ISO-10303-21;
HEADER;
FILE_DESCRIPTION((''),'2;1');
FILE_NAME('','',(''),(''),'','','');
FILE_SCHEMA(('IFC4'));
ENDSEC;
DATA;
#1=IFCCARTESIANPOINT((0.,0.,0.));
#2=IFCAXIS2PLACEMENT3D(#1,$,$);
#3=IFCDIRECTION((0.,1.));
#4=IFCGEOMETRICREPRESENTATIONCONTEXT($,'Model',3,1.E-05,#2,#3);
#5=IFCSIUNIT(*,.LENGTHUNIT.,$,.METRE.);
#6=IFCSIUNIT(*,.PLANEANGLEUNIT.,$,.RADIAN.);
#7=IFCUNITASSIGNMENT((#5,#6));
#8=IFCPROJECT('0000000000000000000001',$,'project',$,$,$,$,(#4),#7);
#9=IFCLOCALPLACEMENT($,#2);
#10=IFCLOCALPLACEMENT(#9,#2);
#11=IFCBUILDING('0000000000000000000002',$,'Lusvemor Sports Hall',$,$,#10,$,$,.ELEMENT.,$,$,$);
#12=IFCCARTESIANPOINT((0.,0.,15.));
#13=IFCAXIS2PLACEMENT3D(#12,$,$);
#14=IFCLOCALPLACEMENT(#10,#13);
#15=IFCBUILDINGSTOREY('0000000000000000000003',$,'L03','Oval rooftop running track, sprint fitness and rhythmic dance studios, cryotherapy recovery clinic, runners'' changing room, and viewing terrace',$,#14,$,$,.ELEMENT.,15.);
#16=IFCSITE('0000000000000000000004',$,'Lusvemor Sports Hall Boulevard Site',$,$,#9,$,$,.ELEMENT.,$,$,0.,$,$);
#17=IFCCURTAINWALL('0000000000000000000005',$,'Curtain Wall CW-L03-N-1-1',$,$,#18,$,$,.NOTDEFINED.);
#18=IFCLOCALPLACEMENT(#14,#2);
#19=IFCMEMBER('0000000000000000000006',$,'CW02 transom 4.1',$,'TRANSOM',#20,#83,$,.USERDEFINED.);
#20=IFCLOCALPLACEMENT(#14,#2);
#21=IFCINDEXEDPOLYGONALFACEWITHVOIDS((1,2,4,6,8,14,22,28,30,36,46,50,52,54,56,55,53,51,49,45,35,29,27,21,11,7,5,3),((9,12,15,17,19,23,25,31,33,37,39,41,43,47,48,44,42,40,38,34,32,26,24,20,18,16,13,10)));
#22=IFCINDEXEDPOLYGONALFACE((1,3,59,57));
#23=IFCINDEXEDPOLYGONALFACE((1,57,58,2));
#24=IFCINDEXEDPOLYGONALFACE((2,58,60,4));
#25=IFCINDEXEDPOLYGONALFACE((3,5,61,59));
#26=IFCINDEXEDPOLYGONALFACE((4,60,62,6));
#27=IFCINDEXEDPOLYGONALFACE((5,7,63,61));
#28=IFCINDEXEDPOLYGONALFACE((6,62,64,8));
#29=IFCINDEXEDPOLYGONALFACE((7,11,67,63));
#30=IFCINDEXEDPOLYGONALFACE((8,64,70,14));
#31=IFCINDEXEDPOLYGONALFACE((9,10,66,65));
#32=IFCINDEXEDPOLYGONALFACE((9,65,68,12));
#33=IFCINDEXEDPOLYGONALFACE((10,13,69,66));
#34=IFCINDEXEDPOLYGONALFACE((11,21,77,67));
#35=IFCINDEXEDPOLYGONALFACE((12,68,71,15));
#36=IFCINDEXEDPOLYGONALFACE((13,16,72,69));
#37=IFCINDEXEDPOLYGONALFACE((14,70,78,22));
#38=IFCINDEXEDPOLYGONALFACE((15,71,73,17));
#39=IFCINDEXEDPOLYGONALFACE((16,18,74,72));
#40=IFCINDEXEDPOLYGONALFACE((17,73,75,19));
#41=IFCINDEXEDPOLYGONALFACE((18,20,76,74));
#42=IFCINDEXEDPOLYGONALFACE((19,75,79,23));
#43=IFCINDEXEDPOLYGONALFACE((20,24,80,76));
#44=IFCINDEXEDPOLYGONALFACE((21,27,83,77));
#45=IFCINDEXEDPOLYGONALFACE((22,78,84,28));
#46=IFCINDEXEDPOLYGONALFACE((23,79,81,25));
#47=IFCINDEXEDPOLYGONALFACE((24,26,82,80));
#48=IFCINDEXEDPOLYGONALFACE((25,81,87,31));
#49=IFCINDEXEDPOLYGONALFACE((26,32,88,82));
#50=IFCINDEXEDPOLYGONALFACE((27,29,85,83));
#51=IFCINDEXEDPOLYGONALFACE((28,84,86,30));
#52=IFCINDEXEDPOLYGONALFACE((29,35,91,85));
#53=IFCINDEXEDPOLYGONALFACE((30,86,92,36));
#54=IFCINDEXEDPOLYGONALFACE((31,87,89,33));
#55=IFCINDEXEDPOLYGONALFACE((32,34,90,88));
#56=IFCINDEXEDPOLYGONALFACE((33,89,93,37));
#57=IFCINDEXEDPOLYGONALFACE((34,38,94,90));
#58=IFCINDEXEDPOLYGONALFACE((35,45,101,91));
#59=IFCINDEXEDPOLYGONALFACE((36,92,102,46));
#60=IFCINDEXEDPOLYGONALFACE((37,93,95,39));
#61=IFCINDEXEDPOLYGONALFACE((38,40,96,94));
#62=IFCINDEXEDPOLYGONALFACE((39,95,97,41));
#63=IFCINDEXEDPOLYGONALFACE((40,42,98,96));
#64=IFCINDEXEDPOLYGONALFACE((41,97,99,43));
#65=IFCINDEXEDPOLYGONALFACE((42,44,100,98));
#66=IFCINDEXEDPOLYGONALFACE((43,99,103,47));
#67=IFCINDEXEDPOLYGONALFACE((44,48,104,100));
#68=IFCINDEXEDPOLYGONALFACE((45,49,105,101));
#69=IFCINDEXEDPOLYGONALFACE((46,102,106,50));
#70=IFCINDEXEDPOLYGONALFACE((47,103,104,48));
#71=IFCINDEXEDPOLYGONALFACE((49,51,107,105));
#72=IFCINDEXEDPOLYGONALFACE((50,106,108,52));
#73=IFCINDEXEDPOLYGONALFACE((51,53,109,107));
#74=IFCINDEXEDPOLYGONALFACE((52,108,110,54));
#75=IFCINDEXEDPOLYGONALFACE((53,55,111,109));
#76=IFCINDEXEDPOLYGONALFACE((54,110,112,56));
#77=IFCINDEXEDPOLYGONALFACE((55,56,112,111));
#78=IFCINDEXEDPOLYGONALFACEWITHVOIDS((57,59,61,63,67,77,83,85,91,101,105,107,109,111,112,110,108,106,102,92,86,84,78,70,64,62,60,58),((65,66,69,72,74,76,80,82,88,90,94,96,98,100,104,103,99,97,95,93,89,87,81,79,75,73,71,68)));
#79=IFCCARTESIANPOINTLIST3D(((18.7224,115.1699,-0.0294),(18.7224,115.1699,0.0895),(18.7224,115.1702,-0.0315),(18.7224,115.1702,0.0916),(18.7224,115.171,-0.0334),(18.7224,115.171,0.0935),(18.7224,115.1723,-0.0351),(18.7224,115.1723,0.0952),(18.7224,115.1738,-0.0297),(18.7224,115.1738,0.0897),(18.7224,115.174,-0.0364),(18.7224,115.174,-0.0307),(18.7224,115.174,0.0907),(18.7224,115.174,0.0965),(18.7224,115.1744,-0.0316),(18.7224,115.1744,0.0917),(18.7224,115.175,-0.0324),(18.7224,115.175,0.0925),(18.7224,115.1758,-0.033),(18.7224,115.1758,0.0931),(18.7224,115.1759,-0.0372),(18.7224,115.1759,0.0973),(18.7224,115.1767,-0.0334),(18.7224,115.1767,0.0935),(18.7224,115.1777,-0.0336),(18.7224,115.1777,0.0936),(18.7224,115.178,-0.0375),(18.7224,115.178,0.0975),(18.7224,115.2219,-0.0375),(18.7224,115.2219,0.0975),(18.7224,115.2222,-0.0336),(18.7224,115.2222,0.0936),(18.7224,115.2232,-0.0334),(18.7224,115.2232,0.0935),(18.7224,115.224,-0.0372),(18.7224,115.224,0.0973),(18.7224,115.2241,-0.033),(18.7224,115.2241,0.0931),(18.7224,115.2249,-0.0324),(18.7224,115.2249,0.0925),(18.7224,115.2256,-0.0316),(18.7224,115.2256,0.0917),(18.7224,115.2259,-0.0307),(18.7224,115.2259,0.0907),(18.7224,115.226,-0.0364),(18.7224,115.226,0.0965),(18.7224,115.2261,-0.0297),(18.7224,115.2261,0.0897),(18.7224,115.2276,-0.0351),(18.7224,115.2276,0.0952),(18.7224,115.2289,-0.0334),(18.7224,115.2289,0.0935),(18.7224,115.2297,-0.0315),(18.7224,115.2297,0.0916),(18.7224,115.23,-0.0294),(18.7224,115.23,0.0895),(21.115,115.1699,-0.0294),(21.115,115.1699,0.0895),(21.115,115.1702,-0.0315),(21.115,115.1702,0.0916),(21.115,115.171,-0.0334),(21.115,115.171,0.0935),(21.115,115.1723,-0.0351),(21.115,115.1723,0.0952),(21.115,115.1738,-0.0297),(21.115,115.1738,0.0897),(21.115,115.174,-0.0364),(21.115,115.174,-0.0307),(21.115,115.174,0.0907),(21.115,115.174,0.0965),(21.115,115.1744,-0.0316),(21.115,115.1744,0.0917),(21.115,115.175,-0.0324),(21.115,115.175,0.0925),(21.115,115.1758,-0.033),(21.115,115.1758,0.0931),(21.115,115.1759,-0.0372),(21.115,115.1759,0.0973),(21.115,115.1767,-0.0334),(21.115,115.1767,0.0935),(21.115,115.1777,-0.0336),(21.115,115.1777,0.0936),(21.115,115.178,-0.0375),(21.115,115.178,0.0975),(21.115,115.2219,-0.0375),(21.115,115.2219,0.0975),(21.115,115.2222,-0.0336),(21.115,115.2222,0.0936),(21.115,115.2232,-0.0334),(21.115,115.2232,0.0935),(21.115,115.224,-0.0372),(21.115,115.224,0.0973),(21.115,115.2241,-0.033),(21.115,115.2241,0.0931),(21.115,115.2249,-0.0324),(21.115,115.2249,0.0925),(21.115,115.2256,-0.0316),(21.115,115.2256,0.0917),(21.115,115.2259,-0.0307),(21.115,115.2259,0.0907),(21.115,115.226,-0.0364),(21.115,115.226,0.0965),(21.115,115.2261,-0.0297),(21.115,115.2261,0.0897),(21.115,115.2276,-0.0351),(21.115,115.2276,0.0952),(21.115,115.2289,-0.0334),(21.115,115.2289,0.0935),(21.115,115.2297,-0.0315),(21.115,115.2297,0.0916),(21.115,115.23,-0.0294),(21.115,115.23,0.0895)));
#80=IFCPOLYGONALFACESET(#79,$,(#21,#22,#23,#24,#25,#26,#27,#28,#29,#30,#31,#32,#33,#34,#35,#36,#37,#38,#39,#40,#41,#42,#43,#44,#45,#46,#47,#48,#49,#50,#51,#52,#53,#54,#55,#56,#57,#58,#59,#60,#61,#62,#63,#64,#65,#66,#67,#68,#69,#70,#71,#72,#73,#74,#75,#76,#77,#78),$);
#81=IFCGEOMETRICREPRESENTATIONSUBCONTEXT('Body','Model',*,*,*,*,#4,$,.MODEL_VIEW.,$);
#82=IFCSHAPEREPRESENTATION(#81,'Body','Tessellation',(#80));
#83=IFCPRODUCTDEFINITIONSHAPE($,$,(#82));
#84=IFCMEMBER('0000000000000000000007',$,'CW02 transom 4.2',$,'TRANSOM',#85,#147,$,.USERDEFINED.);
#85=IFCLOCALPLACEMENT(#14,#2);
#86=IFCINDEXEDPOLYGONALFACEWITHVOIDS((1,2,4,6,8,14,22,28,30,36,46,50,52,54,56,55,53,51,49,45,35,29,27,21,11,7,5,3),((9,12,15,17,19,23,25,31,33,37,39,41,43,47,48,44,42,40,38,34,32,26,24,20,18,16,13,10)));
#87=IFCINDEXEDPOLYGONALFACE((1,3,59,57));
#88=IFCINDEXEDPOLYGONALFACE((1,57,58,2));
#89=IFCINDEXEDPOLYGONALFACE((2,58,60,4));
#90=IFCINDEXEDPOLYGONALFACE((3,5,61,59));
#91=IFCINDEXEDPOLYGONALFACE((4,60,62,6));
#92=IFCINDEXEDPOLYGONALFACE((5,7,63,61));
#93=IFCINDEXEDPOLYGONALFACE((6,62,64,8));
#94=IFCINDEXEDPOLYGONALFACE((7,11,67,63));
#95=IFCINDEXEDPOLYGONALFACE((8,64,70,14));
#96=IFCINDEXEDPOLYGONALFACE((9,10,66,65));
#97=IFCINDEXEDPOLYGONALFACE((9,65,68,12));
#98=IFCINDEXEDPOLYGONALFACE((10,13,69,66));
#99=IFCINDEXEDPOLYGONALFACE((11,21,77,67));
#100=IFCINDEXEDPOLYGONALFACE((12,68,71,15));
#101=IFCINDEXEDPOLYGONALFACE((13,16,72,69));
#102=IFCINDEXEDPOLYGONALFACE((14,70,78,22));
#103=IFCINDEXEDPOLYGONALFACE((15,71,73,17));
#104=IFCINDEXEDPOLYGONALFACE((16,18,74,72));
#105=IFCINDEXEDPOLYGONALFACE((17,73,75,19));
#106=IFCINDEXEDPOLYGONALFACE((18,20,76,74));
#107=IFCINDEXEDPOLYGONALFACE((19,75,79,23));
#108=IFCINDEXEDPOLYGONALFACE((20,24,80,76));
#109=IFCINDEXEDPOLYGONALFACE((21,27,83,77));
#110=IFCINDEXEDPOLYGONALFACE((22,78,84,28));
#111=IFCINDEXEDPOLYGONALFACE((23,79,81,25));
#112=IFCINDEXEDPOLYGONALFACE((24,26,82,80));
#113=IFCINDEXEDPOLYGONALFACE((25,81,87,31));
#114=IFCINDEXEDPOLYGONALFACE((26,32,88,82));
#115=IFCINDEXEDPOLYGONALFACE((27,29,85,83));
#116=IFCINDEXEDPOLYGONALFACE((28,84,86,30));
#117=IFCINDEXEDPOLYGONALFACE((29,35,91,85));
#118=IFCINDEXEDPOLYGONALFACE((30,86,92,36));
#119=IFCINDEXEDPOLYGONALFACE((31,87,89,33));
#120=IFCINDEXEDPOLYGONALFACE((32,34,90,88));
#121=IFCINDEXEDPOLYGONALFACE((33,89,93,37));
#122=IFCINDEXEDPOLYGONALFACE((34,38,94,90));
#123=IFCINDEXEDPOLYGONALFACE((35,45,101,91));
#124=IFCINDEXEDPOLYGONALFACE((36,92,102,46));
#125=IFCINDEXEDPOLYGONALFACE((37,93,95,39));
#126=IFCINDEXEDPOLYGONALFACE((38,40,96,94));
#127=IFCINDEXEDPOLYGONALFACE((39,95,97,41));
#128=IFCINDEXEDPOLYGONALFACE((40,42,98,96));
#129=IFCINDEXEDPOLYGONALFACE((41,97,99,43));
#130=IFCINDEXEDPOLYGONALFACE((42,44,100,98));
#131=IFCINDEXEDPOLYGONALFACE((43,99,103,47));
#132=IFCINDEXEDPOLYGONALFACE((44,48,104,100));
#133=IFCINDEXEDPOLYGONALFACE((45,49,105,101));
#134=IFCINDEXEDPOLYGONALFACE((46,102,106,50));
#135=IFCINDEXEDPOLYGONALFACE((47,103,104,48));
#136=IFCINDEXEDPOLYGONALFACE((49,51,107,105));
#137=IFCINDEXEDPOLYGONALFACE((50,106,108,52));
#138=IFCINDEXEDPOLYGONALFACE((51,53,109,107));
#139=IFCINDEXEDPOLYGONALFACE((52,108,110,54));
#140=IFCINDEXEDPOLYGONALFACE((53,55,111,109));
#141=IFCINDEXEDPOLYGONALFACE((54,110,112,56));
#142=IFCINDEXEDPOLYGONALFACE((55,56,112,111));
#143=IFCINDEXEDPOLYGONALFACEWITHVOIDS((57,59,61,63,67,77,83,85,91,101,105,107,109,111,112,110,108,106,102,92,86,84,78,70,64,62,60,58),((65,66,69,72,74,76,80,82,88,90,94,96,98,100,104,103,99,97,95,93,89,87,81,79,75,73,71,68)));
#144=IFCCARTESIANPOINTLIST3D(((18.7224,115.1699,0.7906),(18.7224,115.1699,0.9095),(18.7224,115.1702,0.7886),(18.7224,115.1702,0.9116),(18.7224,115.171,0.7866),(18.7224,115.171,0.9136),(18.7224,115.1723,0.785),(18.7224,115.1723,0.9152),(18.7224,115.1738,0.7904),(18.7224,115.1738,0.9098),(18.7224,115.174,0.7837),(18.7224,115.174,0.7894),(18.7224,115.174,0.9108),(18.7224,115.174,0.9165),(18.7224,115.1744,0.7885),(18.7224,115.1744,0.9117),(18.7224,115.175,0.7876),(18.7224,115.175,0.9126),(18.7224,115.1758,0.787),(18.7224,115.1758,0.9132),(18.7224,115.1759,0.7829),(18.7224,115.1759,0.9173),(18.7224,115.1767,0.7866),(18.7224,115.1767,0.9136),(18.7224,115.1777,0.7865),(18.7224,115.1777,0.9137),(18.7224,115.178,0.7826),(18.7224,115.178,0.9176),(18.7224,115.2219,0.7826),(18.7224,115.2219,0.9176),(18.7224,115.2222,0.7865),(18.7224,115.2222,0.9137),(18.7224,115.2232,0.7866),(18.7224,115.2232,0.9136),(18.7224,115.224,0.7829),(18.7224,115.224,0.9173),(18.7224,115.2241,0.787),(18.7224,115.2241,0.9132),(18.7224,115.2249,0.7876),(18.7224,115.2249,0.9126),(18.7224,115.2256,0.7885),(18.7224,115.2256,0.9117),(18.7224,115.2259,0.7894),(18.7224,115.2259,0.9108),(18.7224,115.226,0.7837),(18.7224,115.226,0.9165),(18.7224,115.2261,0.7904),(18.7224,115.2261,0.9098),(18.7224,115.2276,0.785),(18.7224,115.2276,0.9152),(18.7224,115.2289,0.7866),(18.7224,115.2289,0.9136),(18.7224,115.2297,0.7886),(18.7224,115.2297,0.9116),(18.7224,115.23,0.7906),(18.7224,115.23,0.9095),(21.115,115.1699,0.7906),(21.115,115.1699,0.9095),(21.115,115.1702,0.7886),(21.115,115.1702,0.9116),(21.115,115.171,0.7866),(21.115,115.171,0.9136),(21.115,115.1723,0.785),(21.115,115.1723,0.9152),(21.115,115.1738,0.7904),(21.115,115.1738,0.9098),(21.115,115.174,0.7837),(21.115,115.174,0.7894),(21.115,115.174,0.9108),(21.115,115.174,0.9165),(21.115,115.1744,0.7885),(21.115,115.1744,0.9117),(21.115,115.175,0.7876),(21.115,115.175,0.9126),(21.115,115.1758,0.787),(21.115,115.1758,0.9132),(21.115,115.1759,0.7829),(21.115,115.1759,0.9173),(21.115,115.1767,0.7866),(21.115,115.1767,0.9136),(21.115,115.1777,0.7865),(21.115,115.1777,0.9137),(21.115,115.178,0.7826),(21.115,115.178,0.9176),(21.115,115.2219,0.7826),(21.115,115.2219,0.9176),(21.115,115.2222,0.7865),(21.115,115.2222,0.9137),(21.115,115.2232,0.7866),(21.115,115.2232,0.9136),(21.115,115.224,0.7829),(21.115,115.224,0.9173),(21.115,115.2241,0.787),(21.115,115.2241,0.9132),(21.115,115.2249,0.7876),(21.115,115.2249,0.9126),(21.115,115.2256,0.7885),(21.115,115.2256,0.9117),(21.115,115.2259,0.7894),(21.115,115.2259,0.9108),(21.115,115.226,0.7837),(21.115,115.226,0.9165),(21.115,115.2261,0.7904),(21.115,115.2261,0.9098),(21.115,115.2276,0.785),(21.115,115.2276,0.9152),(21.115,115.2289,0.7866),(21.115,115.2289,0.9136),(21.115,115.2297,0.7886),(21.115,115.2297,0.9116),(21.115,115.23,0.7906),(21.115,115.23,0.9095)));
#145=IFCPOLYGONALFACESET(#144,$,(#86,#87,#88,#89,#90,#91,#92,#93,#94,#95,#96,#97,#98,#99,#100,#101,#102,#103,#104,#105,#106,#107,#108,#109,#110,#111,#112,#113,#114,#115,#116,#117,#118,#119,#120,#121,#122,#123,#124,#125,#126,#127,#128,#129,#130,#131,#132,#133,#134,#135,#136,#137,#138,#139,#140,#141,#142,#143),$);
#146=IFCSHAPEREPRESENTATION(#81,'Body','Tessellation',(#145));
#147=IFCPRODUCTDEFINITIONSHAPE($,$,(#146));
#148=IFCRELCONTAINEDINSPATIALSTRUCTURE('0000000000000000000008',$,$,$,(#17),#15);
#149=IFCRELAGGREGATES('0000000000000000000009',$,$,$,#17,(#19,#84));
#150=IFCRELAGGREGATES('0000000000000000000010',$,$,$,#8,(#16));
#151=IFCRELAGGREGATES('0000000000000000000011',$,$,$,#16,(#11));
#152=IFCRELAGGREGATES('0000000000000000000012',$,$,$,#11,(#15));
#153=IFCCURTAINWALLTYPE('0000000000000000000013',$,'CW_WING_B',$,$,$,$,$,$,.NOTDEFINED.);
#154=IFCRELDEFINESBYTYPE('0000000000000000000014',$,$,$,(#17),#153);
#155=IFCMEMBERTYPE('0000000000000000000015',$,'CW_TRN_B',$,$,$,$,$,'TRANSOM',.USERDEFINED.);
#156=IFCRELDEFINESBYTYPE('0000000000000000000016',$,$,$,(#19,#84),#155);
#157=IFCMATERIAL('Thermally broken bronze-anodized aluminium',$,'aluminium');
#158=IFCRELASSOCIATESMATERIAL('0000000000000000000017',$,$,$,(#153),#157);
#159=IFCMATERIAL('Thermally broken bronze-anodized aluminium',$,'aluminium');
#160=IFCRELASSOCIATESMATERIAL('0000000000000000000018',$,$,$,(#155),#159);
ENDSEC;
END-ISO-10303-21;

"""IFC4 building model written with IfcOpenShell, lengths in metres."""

from ifc_helpers import new_model, si_unit, direction, frame, origin, origin_2d, place, context, subcontext, project, spatial, hollow_rectangle, extrude, material, material_profile, profile_set, type_object, element, aggregate, save


model = new_model("IFC4")

# Units and contexts
model_context = context("Model", 3, precision=1e-05, world=origin(), true_north=direction((0.0, 1.0)))
body_context = subcontext(model_context, "Body", "Model", "MODEL_VIEW")
ifc_project = project(units=[si_unit("LENGTHUNIT", "METRE"), si_unit("PLANEANGLEUNIT", "RADIAN")], contexts=[model_context])

# Site, building, storey
site_placement = place(None, origin())
site = spatial("IfcSite", under=ifc_project, at=site_placement, Name="Lusvemor Sports Hall Boulevard Site", CompositionType="ELEMENT", RefElevation=0.0)
building_placement = place(site_placement, origin())
building = spatial("IfcBuilding", under=site, at=building_placement, Name="Lusvemor Sports Hall", CompositionType="ELEMENT")
storey_placement = place(building_placement, frame((0.0, 0.0, 15.0)))
storey = spatial("IfcBuildingStorey", under=building, at=storey_placement, Name="L03", Description="Oval rooftop running track, sprint fitness and rhythmic dance studios, cryotherapy recovery clinic, runners' changing room, and viewing terrace", CompositionType="ELEMENT", Elevation=15.0)

# Curtain wall, members
ifc_material_1 = material(Name="Thermally broken bronze-anodized aluminium", Category="aluminium")
curtain_wall_type = type_object("IfcCurtainWallType", Name="CW_WING_B", PredefinedType="NOTDEFINED", material=ifc_material_1)
curtain_wall_placement = place(storey_placement, origin())
curtain_wall = element("IfcCurtainWall", 1, at=curtain_wall_placement, inside=storey, type_object=curtain_wall_type, Name="Curtain Wall CW-L03-N-1-1", PredefinedType="NOTDEFINED")
ifc_material_2 = material(Name="Thermally broken bronze-anodized aluminium", Category="aluminium")
ifc_material_profile_1 = material_profile(ifc_material_2, hollow_rectangle(XDim=0.0601, YDim=0.135, WallThickness=0.0039, InnerFilletRadius=0.0039, OuterFilletRadius=0.0081, at=origin_2d()), Name="CWTRN135x60x4")
ifc_profile_set_1 = profile_set([ifc_material_profile_1], Name="Thermally broken bronze-anodized aluminium")
member_type_1 = type_object("IfcMemberType", Name="CW_TRN_B", ElementType="TRANSOM", PredefinedType="USERDEFINED", material=ifc_profile_set_1)
member_1_placement = place(storey_placement, frame((18.7224, 115.2, 0.03), z_axis=(1.0, 0.0, 0.0), x_axis=(0.0, 1.0, 0.0)))
member_1 = element("IfcMember", 2, at=member_1_placement, type_object=member_type_1, Name="CW02 transom 4.1", ObjectType="TRANSOM", PredefinedType="USERDEFINED", context=body_context, shape_type="SweptSolid", body=[
    extrude(hollow_rectangle(XDim=0.0601, YDim=0.135, WallThickness=0.0039, InnerFilletRadius=0.0039, OuterFilletRadius=0.0081, at=origin_2d()), origin(), (0.0, 0.0, 1.0), 2.3926),
])
member_2_placement = place(storey_placement, frame((18.7224, 115.2, 0.8501), z_axis=(1.0, 0.0, 0.0), x_axis=(0.0, 1.0, 0.0)))
member_2 = element("IfcMember", 3, at=member_2_placement, type_object=member_type_1, Name="CW02 transom 4.2", ObjectType="TRANSOM", PredefinedType="USERDEFINED", context=body_context, shape_type="SweptSolid", body=[
    extrude(hollow_rectangle(XDim=0.0601, YDim=0.135, WallThickness=0.0039, InnerFilletRadius=0.0039, OuterFilletRadius=0.0081, at=origin_2d()), origin(), (0.0, 0.0, 1.0), 2.3926),
])

aggregate(curtain_wall, [member_1, member_2])

save(model, "model.ifc")
